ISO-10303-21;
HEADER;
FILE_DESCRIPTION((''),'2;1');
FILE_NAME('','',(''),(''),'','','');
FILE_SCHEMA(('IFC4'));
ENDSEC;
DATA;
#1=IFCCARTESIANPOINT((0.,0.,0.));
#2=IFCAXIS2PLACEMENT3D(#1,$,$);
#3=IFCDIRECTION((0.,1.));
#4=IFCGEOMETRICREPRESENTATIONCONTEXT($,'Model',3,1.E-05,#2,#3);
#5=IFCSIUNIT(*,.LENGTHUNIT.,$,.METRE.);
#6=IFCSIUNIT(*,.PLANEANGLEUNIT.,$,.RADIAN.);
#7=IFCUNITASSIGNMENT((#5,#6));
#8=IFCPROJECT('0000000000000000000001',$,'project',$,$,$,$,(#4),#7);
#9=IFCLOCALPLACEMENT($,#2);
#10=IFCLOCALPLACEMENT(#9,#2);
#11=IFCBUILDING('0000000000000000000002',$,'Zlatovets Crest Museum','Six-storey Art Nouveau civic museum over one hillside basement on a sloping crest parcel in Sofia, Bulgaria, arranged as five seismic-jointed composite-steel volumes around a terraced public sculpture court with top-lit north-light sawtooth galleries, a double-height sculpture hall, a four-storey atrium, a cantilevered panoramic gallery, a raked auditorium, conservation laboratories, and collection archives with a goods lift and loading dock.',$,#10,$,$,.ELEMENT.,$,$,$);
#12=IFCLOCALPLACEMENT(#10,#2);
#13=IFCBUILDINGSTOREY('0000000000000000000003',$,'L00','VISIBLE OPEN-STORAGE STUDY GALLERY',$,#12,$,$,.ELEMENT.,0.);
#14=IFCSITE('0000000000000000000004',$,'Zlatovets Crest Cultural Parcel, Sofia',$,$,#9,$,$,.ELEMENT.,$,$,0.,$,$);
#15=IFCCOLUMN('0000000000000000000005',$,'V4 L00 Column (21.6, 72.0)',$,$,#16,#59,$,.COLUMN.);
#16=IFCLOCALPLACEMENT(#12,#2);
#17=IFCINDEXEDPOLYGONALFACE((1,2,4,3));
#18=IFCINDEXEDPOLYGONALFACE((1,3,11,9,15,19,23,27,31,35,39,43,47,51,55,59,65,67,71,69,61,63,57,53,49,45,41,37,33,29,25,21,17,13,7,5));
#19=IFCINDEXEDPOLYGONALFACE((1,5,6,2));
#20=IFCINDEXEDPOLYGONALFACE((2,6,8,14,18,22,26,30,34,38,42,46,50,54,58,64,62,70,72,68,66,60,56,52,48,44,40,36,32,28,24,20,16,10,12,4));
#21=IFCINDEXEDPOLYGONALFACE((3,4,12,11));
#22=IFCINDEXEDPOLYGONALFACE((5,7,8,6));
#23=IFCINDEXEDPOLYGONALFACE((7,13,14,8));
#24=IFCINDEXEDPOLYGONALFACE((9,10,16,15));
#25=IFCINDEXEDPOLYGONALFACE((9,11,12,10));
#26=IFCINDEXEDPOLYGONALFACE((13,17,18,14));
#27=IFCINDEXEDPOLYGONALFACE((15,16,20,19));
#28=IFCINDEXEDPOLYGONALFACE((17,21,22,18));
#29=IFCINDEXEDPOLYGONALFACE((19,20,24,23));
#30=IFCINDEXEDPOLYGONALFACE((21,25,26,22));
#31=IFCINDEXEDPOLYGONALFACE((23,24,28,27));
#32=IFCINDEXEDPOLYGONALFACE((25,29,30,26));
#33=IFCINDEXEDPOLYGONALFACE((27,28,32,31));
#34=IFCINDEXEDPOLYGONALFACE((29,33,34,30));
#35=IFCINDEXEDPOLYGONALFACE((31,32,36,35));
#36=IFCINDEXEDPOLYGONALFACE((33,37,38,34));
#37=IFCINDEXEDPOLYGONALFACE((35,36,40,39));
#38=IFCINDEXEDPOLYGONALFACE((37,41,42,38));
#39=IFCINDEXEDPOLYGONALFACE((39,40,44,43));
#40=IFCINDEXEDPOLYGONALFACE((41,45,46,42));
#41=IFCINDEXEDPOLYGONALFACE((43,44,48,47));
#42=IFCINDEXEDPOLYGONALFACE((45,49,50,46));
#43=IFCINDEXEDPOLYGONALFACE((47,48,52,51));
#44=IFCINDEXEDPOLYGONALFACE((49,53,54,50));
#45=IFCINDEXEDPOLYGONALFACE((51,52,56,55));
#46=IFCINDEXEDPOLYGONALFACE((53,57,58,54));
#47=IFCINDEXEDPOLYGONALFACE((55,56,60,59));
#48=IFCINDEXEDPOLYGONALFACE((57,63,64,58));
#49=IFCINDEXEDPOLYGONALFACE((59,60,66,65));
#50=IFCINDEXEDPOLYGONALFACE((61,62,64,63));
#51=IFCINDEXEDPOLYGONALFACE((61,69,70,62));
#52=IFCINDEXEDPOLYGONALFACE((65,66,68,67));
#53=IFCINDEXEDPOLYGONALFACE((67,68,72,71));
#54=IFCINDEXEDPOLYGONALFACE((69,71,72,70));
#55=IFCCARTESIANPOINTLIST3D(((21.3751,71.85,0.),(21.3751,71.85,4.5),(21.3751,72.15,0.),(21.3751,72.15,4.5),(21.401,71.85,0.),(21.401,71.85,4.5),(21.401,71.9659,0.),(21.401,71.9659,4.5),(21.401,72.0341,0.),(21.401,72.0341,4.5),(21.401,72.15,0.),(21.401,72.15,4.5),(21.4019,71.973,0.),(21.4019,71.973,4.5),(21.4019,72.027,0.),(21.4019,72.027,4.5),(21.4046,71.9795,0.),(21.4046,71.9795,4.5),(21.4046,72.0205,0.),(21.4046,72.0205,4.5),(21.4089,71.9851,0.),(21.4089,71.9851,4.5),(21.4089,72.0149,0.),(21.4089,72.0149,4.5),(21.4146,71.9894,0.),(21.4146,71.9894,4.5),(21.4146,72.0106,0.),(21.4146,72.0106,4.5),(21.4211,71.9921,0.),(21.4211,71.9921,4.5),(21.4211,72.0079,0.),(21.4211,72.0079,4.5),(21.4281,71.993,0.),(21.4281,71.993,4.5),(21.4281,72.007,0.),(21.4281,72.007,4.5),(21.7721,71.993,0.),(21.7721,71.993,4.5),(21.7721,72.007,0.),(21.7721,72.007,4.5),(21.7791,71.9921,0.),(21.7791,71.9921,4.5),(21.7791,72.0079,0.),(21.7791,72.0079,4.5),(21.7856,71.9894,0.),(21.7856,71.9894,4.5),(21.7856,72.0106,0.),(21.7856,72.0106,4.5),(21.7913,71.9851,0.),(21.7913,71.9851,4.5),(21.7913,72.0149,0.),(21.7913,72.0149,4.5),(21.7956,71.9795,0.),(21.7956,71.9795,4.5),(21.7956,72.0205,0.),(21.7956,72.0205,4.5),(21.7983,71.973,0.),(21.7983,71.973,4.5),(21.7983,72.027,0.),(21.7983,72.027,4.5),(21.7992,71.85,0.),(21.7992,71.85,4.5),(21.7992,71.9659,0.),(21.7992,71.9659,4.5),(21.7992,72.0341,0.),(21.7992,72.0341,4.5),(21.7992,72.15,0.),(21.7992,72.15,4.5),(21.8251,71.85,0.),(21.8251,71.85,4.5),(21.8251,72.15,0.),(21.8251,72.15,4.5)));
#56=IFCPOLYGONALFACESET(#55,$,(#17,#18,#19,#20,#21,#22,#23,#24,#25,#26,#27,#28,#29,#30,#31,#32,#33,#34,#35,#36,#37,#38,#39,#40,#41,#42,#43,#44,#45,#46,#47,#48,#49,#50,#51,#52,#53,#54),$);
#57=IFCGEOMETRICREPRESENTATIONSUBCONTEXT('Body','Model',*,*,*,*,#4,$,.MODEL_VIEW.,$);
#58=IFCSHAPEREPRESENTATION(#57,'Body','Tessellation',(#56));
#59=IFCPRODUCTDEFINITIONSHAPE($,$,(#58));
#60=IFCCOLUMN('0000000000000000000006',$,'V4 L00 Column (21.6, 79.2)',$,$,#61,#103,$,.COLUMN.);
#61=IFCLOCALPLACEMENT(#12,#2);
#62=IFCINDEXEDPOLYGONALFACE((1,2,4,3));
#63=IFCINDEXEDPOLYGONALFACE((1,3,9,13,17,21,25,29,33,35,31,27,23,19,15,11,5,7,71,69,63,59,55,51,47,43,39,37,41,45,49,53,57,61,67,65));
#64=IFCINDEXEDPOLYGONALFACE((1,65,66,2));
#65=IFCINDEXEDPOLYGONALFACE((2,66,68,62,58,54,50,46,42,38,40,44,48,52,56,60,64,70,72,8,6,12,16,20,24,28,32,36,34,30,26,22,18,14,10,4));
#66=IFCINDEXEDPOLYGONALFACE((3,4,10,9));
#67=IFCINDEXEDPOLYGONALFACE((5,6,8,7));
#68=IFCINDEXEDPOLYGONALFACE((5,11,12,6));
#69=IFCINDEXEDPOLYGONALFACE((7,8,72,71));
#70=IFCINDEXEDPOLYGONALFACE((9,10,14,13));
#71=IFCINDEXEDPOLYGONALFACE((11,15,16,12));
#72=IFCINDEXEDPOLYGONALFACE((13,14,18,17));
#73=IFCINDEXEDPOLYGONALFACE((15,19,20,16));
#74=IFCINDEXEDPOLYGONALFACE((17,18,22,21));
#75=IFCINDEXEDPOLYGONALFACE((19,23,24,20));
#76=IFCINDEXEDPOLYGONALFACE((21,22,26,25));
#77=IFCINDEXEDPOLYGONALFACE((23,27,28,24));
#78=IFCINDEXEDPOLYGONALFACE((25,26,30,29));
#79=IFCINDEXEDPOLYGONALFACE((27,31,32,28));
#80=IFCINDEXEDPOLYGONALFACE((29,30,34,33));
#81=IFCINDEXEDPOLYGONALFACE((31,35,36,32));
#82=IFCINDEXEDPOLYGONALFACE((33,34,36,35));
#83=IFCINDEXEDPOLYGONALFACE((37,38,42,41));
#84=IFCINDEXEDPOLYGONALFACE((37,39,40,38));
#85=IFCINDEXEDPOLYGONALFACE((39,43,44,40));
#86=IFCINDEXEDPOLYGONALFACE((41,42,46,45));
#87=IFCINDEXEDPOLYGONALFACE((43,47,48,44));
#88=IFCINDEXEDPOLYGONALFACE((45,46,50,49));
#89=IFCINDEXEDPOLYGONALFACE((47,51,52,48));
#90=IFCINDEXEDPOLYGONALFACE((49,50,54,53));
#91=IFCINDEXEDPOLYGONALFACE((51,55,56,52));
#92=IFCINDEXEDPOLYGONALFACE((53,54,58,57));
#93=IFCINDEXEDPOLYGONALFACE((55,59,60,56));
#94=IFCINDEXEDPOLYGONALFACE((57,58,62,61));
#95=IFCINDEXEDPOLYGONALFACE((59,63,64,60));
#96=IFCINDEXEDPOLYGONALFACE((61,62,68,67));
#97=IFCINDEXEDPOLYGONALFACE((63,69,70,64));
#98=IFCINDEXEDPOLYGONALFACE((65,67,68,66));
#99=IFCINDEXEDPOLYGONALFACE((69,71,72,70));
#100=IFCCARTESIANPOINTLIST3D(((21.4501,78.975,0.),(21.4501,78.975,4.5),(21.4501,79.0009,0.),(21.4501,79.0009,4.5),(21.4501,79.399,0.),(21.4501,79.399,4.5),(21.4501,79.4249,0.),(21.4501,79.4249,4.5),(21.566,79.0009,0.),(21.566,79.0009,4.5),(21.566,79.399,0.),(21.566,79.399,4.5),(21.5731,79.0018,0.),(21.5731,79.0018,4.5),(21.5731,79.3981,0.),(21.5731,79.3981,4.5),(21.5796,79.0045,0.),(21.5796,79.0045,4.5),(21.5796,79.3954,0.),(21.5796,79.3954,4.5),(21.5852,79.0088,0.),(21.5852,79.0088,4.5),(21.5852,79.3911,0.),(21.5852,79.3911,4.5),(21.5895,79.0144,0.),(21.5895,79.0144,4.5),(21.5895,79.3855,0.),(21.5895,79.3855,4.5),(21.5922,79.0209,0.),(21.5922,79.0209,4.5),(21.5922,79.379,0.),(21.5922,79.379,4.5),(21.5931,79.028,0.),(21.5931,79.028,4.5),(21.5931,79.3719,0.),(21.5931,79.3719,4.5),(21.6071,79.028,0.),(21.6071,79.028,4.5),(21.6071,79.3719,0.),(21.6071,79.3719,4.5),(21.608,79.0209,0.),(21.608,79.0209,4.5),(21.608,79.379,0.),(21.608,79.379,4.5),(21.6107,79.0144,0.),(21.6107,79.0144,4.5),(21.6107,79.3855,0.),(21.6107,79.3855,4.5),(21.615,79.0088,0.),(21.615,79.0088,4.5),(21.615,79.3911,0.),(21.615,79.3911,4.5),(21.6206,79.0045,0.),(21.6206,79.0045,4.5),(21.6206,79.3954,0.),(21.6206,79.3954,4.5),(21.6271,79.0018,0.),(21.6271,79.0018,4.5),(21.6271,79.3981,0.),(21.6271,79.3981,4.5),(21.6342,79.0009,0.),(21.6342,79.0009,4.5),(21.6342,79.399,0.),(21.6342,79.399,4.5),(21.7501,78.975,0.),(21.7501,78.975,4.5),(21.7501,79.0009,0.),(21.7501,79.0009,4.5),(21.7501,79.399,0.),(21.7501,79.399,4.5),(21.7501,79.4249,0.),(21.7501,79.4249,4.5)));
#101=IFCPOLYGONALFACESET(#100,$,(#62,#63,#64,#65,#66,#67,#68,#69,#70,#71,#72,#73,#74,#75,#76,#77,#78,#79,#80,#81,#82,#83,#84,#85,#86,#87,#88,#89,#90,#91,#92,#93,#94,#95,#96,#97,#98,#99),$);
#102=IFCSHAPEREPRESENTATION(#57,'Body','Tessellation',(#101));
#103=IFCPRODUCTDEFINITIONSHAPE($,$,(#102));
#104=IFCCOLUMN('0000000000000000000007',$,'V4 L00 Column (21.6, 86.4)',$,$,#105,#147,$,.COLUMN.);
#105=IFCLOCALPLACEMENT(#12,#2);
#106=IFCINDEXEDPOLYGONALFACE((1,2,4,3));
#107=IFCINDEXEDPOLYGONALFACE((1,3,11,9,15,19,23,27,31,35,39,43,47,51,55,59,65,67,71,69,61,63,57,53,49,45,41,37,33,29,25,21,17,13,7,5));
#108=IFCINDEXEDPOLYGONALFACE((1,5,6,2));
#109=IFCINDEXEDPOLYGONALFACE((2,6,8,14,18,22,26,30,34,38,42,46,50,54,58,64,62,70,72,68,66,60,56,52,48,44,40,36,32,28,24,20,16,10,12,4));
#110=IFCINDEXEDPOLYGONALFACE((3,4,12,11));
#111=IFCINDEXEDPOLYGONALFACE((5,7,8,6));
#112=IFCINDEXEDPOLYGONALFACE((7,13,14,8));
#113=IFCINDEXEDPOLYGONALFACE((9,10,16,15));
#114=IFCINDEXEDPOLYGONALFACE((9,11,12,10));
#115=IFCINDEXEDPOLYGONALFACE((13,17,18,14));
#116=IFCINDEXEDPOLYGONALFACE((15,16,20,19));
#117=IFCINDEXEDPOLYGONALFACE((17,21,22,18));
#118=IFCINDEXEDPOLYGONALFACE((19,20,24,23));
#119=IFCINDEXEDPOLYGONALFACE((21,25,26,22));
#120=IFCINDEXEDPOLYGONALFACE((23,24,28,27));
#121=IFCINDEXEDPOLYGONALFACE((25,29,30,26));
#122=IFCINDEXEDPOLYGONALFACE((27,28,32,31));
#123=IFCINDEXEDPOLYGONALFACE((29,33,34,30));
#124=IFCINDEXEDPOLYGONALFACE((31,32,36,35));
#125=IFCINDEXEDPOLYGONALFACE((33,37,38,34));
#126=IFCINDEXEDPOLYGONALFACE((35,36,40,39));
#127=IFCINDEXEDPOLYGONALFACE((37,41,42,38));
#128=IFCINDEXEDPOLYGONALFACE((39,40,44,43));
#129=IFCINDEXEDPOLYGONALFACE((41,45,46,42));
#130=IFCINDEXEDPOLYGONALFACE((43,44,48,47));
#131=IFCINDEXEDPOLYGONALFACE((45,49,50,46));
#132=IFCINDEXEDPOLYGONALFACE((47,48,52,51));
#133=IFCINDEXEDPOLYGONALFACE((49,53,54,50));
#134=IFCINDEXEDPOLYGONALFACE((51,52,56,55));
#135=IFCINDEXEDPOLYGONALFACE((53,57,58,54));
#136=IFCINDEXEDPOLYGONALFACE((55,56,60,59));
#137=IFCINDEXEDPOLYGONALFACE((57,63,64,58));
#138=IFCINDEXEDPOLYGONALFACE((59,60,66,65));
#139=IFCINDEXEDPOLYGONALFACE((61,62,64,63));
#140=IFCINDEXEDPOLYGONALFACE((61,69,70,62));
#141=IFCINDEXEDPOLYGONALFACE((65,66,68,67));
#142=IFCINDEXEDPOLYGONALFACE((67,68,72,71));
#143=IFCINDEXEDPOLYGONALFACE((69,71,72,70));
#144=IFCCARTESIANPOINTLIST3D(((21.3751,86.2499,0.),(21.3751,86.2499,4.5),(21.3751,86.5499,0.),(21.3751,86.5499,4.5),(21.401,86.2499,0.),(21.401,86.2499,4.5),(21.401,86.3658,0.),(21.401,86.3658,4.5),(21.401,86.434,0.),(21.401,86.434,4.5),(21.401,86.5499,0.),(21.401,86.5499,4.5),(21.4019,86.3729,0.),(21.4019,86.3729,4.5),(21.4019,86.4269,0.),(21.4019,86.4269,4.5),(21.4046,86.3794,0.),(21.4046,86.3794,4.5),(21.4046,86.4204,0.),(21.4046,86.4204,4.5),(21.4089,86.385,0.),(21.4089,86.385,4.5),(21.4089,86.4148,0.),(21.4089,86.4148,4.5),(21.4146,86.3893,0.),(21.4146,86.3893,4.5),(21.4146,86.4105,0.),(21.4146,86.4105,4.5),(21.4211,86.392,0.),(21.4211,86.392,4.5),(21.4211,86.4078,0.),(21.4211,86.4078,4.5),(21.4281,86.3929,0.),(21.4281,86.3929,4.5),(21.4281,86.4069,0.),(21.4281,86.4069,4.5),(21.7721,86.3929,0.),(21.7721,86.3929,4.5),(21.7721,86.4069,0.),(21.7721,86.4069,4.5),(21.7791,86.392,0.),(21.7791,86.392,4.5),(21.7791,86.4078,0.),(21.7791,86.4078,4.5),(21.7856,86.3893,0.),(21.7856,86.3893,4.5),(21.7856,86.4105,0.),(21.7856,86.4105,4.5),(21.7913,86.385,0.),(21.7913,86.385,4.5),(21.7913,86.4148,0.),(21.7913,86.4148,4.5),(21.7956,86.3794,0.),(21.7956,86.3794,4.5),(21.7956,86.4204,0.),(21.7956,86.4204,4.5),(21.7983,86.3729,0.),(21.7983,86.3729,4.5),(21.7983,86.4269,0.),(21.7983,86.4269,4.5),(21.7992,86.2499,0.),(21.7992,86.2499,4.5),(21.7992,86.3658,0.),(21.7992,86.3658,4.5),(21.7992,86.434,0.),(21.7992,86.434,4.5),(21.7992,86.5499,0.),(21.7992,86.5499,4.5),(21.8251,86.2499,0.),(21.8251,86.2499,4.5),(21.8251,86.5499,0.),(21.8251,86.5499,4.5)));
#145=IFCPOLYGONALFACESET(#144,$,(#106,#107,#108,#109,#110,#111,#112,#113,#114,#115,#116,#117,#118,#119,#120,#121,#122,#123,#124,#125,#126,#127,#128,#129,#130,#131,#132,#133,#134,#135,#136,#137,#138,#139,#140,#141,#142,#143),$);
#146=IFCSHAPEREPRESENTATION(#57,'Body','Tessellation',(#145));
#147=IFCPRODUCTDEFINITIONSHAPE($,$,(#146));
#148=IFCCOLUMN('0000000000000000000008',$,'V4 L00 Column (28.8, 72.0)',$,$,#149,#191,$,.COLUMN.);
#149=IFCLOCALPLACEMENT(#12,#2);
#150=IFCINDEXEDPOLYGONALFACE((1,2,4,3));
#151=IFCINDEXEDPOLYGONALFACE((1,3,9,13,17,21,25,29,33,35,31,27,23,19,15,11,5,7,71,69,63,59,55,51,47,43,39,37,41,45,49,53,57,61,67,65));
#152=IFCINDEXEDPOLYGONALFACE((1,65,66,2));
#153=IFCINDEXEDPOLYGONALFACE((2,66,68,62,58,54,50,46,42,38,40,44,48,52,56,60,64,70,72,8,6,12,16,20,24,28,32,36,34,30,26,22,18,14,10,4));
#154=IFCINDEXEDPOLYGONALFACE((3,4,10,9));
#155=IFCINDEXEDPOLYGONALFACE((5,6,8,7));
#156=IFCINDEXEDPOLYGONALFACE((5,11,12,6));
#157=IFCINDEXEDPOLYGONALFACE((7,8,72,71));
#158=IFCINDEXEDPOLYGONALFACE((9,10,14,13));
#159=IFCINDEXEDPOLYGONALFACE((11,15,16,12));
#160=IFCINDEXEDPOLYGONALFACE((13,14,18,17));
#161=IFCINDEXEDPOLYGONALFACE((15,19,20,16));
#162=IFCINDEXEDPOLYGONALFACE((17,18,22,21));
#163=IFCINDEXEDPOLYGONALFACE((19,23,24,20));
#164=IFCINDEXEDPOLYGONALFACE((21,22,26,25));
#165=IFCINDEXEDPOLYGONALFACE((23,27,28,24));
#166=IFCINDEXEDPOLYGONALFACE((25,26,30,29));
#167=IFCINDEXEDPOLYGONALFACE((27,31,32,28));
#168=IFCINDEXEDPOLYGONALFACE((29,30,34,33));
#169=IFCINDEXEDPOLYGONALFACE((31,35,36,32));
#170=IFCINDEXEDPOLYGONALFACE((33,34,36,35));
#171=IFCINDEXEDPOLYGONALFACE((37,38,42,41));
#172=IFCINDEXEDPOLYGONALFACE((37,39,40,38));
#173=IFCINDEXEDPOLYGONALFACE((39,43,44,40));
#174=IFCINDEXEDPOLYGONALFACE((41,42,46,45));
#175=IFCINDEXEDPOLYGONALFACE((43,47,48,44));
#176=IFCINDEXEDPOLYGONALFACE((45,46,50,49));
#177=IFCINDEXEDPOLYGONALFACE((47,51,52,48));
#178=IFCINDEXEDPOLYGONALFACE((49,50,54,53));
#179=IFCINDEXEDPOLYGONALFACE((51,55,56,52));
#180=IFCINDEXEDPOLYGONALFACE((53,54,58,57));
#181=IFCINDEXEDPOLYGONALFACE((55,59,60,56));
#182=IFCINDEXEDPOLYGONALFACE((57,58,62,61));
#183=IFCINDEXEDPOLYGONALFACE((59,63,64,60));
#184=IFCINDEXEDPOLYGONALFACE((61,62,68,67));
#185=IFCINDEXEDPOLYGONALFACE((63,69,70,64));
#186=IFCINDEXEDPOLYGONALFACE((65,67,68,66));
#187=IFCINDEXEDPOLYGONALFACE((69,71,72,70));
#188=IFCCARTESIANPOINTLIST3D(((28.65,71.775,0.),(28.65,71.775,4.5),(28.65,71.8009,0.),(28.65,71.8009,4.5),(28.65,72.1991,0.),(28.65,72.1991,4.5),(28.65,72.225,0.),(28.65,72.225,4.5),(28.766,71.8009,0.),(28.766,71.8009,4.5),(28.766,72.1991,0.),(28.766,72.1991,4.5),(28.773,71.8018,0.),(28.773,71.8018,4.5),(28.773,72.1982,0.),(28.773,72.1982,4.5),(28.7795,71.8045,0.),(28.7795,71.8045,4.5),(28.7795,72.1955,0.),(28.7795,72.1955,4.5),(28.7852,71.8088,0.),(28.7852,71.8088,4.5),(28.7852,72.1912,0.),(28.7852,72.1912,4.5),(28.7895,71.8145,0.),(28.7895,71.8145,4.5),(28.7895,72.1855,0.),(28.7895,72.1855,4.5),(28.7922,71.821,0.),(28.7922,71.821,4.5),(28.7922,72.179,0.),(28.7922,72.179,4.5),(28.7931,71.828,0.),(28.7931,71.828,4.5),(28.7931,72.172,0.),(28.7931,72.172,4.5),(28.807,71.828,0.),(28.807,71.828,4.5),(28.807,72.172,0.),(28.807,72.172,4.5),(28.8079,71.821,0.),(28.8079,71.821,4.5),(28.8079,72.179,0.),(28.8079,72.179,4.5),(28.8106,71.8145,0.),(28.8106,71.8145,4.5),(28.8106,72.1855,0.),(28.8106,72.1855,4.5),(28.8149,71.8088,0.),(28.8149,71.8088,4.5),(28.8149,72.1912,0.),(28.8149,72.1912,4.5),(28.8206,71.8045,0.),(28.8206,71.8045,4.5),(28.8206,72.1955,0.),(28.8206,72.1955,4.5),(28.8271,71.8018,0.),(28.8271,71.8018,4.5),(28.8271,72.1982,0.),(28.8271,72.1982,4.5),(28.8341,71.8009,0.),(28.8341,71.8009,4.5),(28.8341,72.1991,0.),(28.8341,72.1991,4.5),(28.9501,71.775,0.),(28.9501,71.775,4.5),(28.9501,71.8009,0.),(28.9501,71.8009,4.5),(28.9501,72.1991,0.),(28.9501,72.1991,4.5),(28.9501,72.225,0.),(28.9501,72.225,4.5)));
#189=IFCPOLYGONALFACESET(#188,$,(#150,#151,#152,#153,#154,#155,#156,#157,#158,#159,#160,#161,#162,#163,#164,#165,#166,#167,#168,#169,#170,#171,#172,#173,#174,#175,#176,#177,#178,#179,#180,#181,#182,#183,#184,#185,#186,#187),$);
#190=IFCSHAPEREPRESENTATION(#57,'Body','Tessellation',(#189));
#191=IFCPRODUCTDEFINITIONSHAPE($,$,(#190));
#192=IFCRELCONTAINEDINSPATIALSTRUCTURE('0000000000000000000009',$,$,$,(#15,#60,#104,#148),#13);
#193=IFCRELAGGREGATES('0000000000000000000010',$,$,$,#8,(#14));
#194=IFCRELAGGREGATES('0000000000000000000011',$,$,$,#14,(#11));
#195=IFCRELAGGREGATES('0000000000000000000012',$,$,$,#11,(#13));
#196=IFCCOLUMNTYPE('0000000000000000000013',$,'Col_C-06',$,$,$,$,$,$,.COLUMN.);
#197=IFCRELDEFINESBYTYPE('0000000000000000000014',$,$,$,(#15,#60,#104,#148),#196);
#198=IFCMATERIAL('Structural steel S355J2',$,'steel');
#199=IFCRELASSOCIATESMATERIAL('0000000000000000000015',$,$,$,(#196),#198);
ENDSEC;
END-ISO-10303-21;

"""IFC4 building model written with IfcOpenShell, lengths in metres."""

from ifc_helpers import new_model, si_unit, direction, frame, origin, origin_2d, place, context, subcontext, project, spatial, i_section, extrude, material, material_profile, profile_set, type_object, element, save


model = new_model("IFC4")

# Units and contexts
model_context = context("Model", 3, precision=1e-05, world=origin(), true_north=direction((0.0, 1.0)))
body_context = subcontext(model_context, "Body", "Model", "MODEL_VIEW")
ifc_project = project(units=[si_unit("LENGTHUNIT", "METRE"), si_unit("PLANEANGLEUNIT", "RADIAN")], contexts=[model_context])

# Site, building, storey
site_placement = place(None, origin())
site = spatial("IfcSite", under=ifc_project, at=site_placement, Name="Zlatovets Crest Cultural Parcel, Sofia", CompositionType="ELEMENT", RefElevation=0.0)
building_placement = place(site_placement, origin())
building = spatial("IfcBuilding", under=site, at=building_placement, Name="Zlatovets Crest Museum", Description="Six-storey Art Nouveau civic museum over one hillside basement on a sloping crest parcel in Sofia, Bulgaria, arranged as five seismic-jointed composite-steel volumes around a terraced public sculpture court with top-lit north-light sawtooth galleries, a double-height sculpture hall, a four-storey atrium, a cantilevered panoramic gallery, a raked auditorium, conservation laboratories, and collection archives with a goods lift and loading dock.", CompositionType="ELEMENT")
storey_placement = place(building_placement, origin())
storey = spatial("IfcBuildingStorey", under=building, at=storey_placement, Name="L00", Description="VISIBLE OPEN-STORAGE STUDY GALLERY", CompositionType="ELEMENT", Elevation=0.0)

# Columns
ifc_material_1 = material(Name="Structural steel S355J2", Category="steel")
ifc_material_profile_1 = material_profile(ifc_material_1, i_section(OverallWidth=0.3, OverallDepth=0.45, WebThickness=0.0139, FlangeThickness=0.0259, FilletRadius=0.0271, at=origin_2d()), Name="HEB 450")
ifc_profile_set_1 = profile_set([ifc_material_profile_1], Name="Structural steel S355J2")
column_type = type_object("IfcColumnType", Name="Col_C-06", PredefinedType="COLUMN", material=ifc_profile_set_1)
for number, where, z_axis, x_axis, name in (
    (1, (21.6001, 72.0, 0.0), (0.0, 0.0, 1.0), (0.0, 1.0, 0.0), "V4 L00 Column (21.6, 72.0)"),
    (2, (21.6001, 79.2, 0.0), (0.0, 0.0, 1.0), (1.0, 0.0, 0.0), "V4 L00 Column (21.6, 79.2)"),
    (3, (21.6001, 86.3999, 0.0), (0.0, 0.0, 1.0), (0.0, 1.0, 0.0), "V4 L00 Column (21.6, 86.4)"),
    (4, (28.8, 72.0, 0.0), (0.0, 0.0, 1.0), (1.0, 0.0, 0.0), "V4 L00 Column (28.8, 72.0)"),
):
    element("IfcColumn", number, at=place(storey_placement, frame(where, z_axis=z_axis, x_axis=x_axis)), inside=storey, type_object=column_type, Name=name, PredefinedType="COLUMN", context=body_context, shape_type="SweptSolid", body=[
        extrude(i_section(OverallWidth=0.3, OverallDepth=0.45, WebThickness=0.0139, FlangeThickness=0.0259, FilletRadius=0.0271, at=origin_2d()), origin(), (0.0, 0.0, 1.0), 4.5),
    ])

save(model, "model.ifc")
